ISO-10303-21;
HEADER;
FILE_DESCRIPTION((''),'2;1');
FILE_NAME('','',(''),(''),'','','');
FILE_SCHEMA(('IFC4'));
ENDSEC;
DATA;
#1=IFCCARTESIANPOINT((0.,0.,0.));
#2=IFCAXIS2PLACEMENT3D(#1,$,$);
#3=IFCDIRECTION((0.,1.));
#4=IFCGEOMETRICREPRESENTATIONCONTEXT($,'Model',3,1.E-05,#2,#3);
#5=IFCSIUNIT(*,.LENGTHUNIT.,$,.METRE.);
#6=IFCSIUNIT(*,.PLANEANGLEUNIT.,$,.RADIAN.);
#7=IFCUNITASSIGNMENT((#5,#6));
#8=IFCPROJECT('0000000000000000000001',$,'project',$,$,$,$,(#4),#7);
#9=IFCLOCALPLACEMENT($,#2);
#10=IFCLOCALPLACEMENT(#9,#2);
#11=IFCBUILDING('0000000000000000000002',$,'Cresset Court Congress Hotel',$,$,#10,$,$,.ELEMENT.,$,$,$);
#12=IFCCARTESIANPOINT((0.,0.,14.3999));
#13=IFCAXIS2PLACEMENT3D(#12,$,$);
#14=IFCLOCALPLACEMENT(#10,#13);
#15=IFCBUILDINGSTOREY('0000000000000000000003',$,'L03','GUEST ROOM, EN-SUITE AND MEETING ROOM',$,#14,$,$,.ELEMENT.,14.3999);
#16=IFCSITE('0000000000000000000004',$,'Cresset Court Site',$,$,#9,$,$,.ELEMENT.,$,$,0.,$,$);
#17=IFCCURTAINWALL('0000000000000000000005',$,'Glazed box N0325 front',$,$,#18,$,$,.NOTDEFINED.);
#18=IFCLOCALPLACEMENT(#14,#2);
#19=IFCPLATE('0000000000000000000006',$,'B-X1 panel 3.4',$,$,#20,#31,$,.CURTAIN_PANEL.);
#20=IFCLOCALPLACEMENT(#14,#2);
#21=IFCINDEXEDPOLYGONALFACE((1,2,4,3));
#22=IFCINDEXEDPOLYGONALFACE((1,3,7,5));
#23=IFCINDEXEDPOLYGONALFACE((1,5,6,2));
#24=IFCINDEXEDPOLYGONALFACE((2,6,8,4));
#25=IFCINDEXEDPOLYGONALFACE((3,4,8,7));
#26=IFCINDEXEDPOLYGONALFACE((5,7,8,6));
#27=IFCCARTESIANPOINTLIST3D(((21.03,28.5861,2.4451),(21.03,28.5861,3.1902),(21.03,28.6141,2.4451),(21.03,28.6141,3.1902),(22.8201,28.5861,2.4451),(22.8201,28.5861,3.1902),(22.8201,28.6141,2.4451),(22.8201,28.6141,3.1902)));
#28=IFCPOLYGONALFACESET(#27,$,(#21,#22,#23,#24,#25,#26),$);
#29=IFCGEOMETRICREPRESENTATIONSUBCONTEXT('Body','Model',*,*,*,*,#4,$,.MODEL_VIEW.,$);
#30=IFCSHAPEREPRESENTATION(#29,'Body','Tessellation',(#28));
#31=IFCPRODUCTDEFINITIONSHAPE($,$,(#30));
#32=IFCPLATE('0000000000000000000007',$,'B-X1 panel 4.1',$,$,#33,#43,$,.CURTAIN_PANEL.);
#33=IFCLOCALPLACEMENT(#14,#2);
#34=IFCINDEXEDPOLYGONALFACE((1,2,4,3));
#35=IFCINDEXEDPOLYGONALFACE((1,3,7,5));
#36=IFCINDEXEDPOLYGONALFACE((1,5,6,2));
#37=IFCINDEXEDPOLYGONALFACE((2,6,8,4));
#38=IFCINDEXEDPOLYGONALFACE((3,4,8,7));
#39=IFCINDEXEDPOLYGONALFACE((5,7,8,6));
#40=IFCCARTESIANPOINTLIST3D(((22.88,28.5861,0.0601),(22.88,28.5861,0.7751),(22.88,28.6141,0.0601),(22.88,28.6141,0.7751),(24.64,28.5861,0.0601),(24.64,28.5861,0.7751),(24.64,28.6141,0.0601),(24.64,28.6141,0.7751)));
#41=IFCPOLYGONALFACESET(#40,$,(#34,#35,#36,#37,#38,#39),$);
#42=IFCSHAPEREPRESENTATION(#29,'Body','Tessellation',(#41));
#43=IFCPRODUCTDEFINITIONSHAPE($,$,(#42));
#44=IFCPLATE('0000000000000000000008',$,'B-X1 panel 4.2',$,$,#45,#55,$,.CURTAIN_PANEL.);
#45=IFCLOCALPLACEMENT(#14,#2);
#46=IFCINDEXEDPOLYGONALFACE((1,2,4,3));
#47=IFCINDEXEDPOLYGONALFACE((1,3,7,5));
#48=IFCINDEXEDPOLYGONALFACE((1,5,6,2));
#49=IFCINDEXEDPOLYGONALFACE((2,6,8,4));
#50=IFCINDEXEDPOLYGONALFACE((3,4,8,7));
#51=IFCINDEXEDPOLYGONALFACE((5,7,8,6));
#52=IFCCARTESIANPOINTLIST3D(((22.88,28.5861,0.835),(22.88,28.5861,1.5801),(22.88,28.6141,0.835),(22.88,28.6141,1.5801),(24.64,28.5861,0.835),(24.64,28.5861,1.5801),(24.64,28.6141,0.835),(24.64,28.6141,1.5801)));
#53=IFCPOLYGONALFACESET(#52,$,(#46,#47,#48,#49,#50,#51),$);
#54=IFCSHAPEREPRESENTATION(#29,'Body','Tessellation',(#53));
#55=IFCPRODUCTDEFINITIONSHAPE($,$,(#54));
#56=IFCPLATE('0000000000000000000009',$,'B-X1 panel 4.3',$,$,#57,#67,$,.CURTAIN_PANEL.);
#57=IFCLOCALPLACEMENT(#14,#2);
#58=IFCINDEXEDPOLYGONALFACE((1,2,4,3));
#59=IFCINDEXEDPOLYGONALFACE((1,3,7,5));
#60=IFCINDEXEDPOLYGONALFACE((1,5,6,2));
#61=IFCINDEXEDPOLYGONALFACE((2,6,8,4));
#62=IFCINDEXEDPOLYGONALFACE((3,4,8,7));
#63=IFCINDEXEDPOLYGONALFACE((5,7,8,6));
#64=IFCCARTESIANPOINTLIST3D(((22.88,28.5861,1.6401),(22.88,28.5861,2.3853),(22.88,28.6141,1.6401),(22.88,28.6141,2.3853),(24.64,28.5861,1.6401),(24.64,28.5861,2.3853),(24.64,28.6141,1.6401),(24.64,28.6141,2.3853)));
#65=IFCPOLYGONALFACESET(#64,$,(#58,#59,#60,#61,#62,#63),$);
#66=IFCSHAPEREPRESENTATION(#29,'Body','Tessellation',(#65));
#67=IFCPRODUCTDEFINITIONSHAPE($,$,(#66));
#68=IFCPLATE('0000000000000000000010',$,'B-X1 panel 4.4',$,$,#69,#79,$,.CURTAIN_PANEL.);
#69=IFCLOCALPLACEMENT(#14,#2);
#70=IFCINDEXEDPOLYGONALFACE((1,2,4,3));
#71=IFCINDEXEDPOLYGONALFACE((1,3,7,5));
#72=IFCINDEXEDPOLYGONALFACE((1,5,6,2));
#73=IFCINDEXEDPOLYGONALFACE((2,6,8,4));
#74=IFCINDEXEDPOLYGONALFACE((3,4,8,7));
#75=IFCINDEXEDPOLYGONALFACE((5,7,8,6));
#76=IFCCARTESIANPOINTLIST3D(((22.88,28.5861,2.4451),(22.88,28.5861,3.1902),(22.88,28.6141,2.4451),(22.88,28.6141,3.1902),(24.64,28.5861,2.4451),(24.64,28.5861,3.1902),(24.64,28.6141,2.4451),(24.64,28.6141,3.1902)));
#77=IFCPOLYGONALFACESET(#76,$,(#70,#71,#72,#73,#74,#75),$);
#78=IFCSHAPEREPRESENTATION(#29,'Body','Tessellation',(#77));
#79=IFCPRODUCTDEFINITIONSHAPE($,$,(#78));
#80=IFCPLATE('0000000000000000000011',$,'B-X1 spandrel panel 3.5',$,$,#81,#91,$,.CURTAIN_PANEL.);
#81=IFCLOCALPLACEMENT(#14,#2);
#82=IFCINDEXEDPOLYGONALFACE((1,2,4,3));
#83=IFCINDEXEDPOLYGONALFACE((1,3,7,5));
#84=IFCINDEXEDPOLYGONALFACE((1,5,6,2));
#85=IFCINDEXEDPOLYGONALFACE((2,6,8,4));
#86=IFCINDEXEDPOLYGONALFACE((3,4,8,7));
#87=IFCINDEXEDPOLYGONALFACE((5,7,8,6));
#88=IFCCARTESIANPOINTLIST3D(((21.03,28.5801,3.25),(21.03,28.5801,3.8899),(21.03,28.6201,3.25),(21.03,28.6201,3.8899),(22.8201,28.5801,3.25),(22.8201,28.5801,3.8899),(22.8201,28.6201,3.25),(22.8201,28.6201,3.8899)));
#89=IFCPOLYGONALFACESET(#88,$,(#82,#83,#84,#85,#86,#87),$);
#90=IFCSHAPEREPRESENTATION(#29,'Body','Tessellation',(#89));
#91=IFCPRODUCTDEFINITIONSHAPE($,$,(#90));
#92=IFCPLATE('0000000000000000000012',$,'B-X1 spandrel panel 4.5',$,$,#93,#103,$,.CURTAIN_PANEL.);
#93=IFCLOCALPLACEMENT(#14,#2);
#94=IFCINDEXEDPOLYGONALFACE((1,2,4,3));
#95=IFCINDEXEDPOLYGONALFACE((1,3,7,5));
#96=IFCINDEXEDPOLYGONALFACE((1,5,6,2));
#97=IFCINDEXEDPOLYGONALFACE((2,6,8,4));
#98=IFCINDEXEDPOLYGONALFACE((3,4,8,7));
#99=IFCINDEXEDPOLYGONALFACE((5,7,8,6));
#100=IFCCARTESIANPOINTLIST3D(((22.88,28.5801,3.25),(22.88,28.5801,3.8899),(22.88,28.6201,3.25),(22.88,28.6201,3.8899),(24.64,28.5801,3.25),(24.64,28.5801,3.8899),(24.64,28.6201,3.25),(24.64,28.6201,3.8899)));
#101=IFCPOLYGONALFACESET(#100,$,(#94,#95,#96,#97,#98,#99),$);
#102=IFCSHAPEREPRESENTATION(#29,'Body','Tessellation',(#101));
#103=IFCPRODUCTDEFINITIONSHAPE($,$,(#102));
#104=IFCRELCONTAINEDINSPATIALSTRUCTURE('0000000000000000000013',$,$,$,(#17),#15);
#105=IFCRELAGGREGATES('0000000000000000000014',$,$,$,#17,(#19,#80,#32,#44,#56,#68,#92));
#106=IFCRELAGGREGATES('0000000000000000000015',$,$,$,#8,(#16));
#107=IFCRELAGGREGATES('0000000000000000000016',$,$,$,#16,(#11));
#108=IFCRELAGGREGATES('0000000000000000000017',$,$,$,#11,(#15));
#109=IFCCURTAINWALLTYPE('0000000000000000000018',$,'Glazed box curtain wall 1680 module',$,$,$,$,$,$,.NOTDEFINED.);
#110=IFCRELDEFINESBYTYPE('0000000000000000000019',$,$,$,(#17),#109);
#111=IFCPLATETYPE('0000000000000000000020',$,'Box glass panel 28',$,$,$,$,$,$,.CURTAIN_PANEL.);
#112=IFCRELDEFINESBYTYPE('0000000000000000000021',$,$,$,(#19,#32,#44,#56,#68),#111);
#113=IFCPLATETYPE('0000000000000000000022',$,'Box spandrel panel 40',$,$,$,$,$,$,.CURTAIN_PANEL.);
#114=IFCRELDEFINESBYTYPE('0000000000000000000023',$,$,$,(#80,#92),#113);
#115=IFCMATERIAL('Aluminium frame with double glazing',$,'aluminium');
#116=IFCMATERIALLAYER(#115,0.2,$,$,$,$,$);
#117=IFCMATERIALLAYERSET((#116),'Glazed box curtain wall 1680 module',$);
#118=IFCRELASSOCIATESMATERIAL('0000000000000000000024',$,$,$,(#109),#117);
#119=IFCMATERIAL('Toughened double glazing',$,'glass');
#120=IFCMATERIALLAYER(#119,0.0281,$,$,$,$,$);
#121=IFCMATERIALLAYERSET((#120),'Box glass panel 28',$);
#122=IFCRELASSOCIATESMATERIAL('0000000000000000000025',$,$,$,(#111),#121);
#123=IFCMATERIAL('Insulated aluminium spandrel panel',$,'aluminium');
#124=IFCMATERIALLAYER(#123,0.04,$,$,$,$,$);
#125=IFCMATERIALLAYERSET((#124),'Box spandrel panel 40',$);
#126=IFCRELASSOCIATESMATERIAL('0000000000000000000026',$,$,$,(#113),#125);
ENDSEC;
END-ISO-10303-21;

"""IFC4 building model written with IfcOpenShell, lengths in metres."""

from ifc_helpers import new_model, si_unit, direction, frame, origin, origin_2d, place, context, subcontext, project, spatial, rectangle, extrude, material, layer, layer_set, type_object, element, aggregate, save


model = new_model("IFC4")

# Units and contexts
model_context = context("Model", 3, precision=1e-05, world=origin(), true_north=direction((0.0, 1.0)))
body_context = subcontext(model_context, "Body", "Model", "MODEL_VIEW")
ifc_project = project(units=[si_unit("LENGTHUNIT", "METRE"), si_unit("PLANEANGLEUNIT", "RADIAN")], contexts=[model_context])

# Site, building, storey
site_placement = place(None, origin())
site = spatial("IfcSite", under=ifc_project, at=site_placement, Name="Cresset Court Site", CompositionType="ELEMENT", RefElevation=0.0)
building_placement = place(site_placement, origin())
building = spatial("IfcBuilding", under=site, at=building_placement, Name="Cresset Court Congress Hotel", CompositionType="ELEMENT")
storey_placement = place(building_placement, frame((0.0, 0.0, 14.3999)))
storey = spatial("IfcBuildingStorey", under=building, at=storey_placement, Name="L03", Description="GUEST ROOM, EN-SUITE AND MEETING ROOM", CompositionType="ELEMENT", Elevation=14.3999)

# Curtain wall
ifc_material_1 = material(Name="Aluminium frame with double glazing", Category="aluminium")
ifc_layer_1 = layer(ifc_material_1, 0.2)
ifc_layer_set_1 = layer_set([ifc_layer_1], Name="Glazed box curtain wall 1680 module")
curtain_wall_type = type_object("IfcCurtainWallType", Name="Glazed box curtain wall 1680 module", PredefinedType="NOTDEFINED", material=ifc_layer_set_1)
curtain_wall_1_placement = place(storey_placement, origin())
curtain_wall_1 = element("IfcCurtainWall", 1, at=curtain_wall_1_placement, inside=storey, type_object=curtain_wall_type, Name="Glazed box N0325 front", PredefinedType="NOTDEFINED")

# Plates
ifc_material_2 = material(Name="Toughened double glazing", Category="glass")
ifc_layer_2 = layer(ifc_material_2, 0.0281)
ifc_layer_set_2 = layer_set([ifc_layer_2], Name="Box glass panel 28")
plate_type_1 = type_object("IfcPlateType", Name="Box glass panel 28", PredefinedType="CURTAIN_PANEL", material=ifc_layer_set_2)
plate_1_placement = place(storey_placement, frame((21.925, 28.6001, 2.4451), z_axis=(0.0, 0.0, 1.0), x_axis=(1.0, 0.0, 0.0)))
plate_1 = element("IfcPlate", 2, at=plate_1_placement, type_object=plate_type_1, Name="B-X1 panel 3.4", PredefinedType="CURTAIN_PANEL", context=body_context, shape_type="SweptSolid", body=[
    extrude(rectangle(XDim=1.79, YDim=0.0281, at=origin_2d()), origin(), (0.0, 0.0, 1.0), 0.7451),
])
plate_2_placement = place(storey_placement, frame((23.76, 28.6001, 0.0601), z_axis=(0.0, 0.0, 1.0), x_axis=(1.0, 0.0, 0.0)))
plate_2 = element("IfcPlate", 3, at=plate_2_placement, type_object=plate_type_1, Name="B-X1 panel 4.1", PredefinedType="CURTAIN_PANEL", context=body_context, shape_type="SweptSolid", body=[
    extrude(rectangle(XDim=1.76, YDim=0.0281, at=origin_2d()), origin(), (0.0, 0.0, 1.0), 0.7151),
])
plate_3_placement = place(storey_placement, frame((23.76, 28.6001, 0.835), z_axis=(0.0, 0.0, 1.0), x_axis=(1.0, 0.0, 0.0)))
plate_3 = element("IfcPlate", 4, at=plate_3_placement, type_object=plate_type_1, Name="B-X1 panel 4.2", PredefinedType="CURTAIN_PANEL", context=body_context, shape_type="SweptSolid", body=[
    extrude(rectangle(XDim=1.76, YDim=0.0281, at=origin_2d()), origin(), (0.0, 0.0, 1.0), 0.7451),
])
plate_4_placement = place(storey_placement, frame((23.76, 28.6001, 1.6401), z_axis=(0.0, 0.0, 1.0), x_axis=(1.0, 0.0, 0.0)))
plate_4 = element("IfcPlate", 5, at=plate_4_placement, type_object=plate_type_1, Name="B-X1 panel 4.3", PredefinedType="CURTAIN_PANEL", context=body_context, shape_type="SweptSolid", body=[
    extrude(rectangle(XDim=1.76, YDim=0.0281, at=origin_2d()), origin(), (0.0, 0.0, 1.0), 0.7451),
])
plate_5_placement = place(storey_placement, frame((23.76, 28.6001, 2.4451), z_axis=(0.0, 0.0, 1.0), x_axis=(1.0, 0.0, 0.0)))
plate_5 = element("IfcPlate", 6, at=plate_5_placement, type_object=plate_type_1, Name="B-X1 panel 4.4", PredefinedType="CURTAIN_PANEL", context=body_context, shape_type="SweptSolid", body=[
    extrude(rectangle(XDim=1.76, YDim=0.0281, at=origin_2d()), origin(), (0.0, 0.0, 1.0), 0.7451),
])
ifc_material_3 = material(Name="Insulated aluminium spandrel panel", Category="aluminium")
ifc_layer_3 = layer(ifc_material_3, 0.04)
ifc_layer_set_3 = layer_set([ifc_layer_3], Name="Box spandrel panel 40")
plate_type_2 = type_object("IfcPlateType", Name="Box spandrel panel 40", PredefinedType="CURTAIN_PANEL", material=ifc_layer_set_3)
plate_6_placement = place(storey_placement, frame((21.925, 28.6001, 3.25), z_axis=(0.0, 0.0, 1.0), x_axis=(1.0, 0.0, 0.0)))
plate_6 = element("IfcPlate", 7, at=plate_6_placement, type_object=plate_type_2, Name="B-X1 spandrel panel 3.5", PredefinedType="CURTAIN_PANEL", context=body_context, shape_type="SweptSolid", body=[
    extrude(rectangle(XDim=1.79, YDim=0.04, at=origin_2d()), origin(), (0.0, 0.0, 1.0), 0.6399),
])
plate_7_placement = place(storey_placement, frame((23.76, 28.6001, 3.25), z_axis=(0.0, 0.0, 1.0), x_axis=(1.0, 0.0, 0.0)))
plate_7 = element("IfcPlate", 8, at=plate_7_placement, type_object=plate_type_2, Name="B-X1 spandrel panel 4.5", PredefinedType="CURTAIN_PANEL", context=body_context, shape_type="SweptSolid", body=[
    extrude(rectangle(XDim=1.76, YDim=0.04, at=origin_2d()), origin(), (0.0, 0.0, 1.0), 0.6399),
])
aggregate(curtain_wall_1, [plate_1, plate_6, plate_2, plate_3, plate_4, plate_5, plate_7])

save(model, "model.ifc")
